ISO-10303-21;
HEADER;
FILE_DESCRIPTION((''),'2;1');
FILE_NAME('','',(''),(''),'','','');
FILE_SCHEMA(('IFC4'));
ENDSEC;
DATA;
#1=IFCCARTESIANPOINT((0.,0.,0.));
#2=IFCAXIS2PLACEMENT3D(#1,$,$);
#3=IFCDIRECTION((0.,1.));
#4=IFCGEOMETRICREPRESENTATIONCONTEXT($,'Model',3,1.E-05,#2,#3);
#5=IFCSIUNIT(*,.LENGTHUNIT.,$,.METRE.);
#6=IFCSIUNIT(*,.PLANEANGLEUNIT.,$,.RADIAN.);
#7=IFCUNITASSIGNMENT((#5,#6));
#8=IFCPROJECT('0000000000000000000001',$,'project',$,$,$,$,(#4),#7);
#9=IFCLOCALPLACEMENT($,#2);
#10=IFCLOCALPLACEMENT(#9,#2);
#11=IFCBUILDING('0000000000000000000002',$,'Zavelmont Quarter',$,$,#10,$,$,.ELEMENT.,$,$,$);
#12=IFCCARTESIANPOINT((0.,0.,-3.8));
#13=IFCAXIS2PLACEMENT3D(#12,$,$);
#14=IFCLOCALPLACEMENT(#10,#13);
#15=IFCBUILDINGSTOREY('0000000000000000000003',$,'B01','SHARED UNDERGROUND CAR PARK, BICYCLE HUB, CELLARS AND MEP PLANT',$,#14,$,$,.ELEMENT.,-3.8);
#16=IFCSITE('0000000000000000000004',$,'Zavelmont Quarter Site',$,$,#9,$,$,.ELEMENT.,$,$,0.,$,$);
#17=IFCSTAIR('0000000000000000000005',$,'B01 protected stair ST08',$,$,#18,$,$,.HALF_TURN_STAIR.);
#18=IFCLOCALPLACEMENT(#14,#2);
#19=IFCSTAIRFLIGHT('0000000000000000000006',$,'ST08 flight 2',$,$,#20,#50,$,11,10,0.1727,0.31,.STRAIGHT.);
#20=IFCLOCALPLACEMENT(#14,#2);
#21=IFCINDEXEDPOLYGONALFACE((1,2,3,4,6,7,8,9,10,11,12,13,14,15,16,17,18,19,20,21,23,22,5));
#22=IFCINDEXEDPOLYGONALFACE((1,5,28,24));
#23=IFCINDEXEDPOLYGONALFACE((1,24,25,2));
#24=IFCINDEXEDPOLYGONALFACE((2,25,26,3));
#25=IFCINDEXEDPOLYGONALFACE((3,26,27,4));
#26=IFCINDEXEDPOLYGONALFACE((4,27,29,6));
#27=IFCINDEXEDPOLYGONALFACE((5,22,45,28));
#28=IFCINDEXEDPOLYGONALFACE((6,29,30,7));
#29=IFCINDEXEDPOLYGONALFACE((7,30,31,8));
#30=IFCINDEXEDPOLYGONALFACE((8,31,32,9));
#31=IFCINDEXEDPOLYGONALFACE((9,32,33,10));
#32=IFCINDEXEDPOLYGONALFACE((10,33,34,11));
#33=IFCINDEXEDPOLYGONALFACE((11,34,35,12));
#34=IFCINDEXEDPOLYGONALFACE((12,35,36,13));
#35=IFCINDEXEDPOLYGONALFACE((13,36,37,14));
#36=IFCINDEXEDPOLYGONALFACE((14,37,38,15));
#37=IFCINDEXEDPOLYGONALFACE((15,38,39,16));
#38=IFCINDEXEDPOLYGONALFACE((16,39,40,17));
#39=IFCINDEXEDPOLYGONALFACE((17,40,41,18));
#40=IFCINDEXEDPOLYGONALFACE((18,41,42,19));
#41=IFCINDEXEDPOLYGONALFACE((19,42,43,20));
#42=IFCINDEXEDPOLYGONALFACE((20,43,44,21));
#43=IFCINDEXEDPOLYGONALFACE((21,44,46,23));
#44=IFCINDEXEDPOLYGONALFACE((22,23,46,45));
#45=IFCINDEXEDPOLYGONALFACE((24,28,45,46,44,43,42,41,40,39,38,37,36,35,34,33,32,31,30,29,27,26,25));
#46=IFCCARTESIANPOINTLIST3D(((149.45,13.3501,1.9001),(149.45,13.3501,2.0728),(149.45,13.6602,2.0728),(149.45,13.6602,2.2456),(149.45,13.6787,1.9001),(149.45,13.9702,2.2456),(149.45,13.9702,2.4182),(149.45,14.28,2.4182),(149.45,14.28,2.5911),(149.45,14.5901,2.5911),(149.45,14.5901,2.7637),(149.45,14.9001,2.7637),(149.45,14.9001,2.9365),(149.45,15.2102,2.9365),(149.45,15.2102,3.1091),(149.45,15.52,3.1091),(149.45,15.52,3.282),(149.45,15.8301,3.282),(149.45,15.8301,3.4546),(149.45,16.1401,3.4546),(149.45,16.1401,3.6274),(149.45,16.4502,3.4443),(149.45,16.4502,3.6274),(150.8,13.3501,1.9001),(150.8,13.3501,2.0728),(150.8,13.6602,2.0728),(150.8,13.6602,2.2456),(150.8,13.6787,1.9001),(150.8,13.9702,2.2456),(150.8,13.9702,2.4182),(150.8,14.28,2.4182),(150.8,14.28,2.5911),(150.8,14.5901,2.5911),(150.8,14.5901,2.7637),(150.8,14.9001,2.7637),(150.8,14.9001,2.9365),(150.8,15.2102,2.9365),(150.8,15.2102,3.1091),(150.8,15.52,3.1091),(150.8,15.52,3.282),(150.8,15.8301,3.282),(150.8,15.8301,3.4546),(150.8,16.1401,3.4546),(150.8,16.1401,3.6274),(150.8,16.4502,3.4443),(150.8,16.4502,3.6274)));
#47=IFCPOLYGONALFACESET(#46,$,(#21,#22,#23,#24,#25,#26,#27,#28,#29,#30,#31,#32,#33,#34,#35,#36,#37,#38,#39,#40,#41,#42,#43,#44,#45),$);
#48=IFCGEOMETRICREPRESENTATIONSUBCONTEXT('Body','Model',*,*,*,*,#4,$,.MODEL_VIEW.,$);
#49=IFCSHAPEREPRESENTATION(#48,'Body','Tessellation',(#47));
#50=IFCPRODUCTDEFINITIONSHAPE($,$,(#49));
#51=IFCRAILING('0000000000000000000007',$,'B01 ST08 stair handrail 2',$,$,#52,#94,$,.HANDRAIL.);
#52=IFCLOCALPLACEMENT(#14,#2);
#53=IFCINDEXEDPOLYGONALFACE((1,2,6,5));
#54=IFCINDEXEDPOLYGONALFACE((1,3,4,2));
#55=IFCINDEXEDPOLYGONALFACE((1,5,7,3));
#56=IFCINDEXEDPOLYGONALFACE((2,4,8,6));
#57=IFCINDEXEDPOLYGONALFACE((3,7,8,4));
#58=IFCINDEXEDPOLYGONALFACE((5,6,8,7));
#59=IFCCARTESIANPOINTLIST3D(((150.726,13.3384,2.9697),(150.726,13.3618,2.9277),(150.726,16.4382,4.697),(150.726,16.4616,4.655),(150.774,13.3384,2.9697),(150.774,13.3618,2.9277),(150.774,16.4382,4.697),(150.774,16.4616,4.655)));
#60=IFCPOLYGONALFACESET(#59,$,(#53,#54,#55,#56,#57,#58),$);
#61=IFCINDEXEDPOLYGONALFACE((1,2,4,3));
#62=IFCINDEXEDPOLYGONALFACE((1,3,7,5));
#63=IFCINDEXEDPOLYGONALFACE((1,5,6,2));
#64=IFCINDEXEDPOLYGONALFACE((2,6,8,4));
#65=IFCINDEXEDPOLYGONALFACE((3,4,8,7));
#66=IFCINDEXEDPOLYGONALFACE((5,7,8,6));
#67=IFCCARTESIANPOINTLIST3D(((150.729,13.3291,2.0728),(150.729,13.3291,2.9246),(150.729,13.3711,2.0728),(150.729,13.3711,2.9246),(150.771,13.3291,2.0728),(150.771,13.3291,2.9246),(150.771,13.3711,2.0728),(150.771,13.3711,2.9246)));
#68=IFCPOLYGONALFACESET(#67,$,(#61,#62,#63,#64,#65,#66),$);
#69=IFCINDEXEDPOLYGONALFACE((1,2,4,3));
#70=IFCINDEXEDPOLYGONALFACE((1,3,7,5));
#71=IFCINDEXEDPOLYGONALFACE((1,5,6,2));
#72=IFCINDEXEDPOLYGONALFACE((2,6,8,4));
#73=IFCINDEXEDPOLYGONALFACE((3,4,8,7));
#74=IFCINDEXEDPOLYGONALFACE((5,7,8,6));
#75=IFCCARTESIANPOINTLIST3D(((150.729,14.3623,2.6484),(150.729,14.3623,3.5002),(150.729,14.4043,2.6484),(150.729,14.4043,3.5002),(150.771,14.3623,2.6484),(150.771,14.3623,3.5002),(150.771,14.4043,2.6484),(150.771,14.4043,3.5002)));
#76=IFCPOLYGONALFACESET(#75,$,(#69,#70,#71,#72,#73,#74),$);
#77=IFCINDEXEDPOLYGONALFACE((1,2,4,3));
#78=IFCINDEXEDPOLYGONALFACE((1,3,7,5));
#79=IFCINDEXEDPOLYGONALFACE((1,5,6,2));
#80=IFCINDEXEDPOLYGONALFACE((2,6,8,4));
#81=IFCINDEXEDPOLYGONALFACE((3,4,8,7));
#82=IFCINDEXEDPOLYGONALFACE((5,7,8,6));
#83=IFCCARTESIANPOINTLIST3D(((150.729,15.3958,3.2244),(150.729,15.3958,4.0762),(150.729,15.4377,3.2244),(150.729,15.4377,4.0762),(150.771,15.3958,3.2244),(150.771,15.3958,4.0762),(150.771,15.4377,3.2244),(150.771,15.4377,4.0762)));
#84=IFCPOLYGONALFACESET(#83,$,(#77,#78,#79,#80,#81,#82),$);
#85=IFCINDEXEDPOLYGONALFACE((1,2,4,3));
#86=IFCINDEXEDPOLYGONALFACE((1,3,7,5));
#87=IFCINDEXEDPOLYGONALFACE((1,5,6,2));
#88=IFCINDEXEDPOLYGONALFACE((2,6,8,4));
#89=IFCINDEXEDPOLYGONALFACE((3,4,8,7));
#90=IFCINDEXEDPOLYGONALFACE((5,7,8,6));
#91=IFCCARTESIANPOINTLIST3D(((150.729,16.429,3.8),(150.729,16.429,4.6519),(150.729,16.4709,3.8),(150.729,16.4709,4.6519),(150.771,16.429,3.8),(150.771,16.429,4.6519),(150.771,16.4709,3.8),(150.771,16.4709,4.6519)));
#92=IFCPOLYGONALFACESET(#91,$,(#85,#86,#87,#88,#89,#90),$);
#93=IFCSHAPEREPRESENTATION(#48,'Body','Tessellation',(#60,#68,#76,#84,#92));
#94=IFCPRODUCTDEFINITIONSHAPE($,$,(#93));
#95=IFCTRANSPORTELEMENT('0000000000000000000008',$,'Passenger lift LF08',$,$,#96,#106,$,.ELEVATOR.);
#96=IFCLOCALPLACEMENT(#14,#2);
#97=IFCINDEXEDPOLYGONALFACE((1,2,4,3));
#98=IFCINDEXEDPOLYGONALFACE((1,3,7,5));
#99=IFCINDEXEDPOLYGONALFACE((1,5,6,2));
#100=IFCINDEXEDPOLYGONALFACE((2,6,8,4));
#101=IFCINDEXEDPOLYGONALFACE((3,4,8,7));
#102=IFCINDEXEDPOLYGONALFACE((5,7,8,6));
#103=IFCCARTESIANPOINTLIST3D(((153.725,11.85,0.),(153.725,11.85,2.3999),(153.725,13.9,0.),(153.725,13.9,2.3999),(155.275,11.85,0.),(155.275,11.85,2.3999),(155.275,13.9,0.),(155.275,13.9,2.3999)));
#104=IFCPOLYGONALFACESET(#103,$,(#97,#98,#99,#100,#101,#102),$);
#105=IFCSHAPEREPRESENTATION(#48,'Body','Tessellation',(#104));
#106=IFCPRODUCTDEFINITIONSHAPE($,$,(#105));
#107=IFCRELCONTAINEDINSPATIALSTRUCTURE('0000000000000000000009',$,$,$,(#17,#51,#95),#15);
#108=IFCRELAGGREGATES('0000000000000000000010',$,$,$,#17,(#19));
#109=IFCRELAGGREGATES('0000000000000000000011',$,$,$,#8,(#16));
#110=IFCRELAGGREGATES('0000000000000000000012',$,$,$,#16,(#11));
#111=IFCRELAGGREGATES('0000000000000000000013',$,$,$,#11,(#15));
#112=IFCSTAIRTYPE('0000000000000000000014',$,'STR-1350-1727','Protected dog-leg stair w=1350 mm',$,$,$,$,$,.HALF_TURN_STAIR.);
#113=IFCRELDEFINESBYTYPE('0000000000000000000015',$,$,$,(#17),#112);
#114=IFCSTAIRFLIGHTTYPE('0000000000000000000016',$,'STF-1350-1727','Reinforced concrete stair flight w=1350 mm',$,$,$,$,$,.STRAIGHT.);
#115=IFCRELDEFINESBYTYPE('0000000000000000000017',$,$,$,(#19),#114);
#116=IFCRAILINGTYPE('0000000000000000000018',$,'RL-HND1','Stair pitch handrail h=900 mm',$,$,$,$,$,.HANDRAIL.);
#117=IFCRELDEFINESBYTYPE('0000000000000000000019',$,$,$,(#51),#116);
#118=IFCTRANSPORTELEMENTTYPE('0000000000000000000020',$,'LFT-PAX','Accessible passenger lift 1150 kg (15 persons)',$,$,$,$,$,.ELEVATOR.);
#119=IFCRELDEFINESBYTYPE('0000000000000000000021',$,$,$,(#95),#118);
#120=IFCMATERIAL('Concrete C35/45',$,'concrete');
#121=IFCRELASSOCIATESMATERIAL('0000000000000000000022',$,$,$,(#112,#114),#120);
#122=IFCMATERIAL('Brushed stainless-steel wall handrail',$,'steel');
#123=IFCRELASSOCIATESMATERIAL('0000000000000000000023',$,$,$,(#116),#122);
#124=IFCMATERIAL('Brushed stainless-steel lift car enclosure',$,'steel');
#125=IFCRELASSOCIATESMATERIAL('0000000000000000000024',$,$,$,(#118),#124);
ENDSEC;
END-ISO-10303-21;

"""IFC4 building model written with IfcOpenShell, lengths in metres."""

from ifc_helpers import new_model, si_unit, direction, frame, origin, origin_2d, place, context, subcontext, project, spatial, polyline, rectangle, outline, extrude, material, type_object, element, aggregate, save


model = new_model("IFC4")

# Units and contexts
model_context = context("Model", 3, precision=1e-05, world=origin(), true_north=direction((0.0, 1.0)))
body_context = subcontext(model_context, "Body", "Model", "MODEL_VIEW")
ifc_project = project(units=[si_unit("LENGTHUNIT", "METRE"), si_unit("PLANEANGLEUNIT", "RADIAN")], contexts=[model_context])

# Site, building, storey
site_placement = place(None, origin())
site = spatial("IfcSite", under=ifc_project, at=site_placement, Name="Zavelmont Quarter Site", CompositionType="ELEMENT", RefElevation=0.0)
building_placement = place(site_placement, origin())
building = spatial("IfcBuilding", under=site, at=building_placement, Name="Zavelmont Quarter", CompositionType="ELEMENT")
storey_placement = place(building_placement, frame((0.0, 0.0, -3.8)))
storey = spatial("IfcBuildingStorey", under=building, at=storey_placement, Name="B01", Description="SHARED UNDERGROUND CAR PARK, BICYCLE HUB, CELLARS AND MEP PLANT", CompositionType="ELEMENT", Elevation=-3.8)

# Shared definitions
ifc_material_1 = material(Name="Concrete C35/45", Category="concrete")

# Stair, stair flight
stair_type = type_object("IfcStairType", Name="STR-1350-1727", Description="Protected dog-leg stair w=1350 mm", PredefinedType="HALF_TURN_STAIR", material=ifc_material_1)
stair_placement = place(storey_placement, origin())
stair = element("IfcStair", 1, at=stair_placement, inside=storey, type_object=stair_type, Name="B01 protected stair ST08", PredefinedType="HALF_TURN_STAIR")
stair_flight_type = type_object("IfcStairFlightType", Name="STF-1350-1727", Description="Reinforced concrete stair flight w=1350 mm", PredefinedType="STRAIGHT", material=ifc_material_1)
stair_flight_placement = place(storey_placement, frame((150.125, 13.3501, 1.9001), z_axis=(0.0, 0.0, 1.0), x_axis=(0.0, 1.0, 0.0)))
stair_flight = element("IfcStairFlight", 2, at=stair_flight_placement, type_object=stair_flight_type, Name="ST08 flight 2", NumberOfRisers=11, NumberOfTreads=10, PredefinedType="STRAIGHT", RiserHeight=0.1727, TreadLength=0.31, context=body_context, shape_type="SweptSolid", body=[
    extrude(outline(polyline([(0.0, 0.0), (0.0, 0.1726), (0.3101, 0.1726), (0.3101, 0.3455), (0.6201, 0.3455), (0.6201, 0.5181), (0.9299, 0.5181), (0.9299, 0.6909), (1.24, 0.6909), (1.24, 0.8635), (1.55, 0.8635), (1.55, 1.0364), (1.8601, 1.0364), (1.8601, 1.209), (2.1699, 1.209), (2.1699, 1.3818), (2.48, 1.3818), (2.48, 1.5544), (2.79, 1.5544), (2.79, 1.7273), (3.1001, 1.7273), (3.1001, 1.8999), (3.1001, 1.5442), (0.3286, 0.0), (0.0, 0.0)])), frame((0.0, 0.675, 0.0), z_axis=(0.0, -1.0, 0.0), x_axis=(1.0, 0.0, 0.0)), (0.0, 0.0, 1.0), 1.3501),
])
aggregate(stair, [stair_flight])

# Railing
ifc_material_2 = material(Name="Brushed stainless-steel wall handrail", Category="steel")
railing_type = type_object("IfcRailingType", Name="RL-HND1", Description="Stair pitch handrail h=900 mm", PredefinedType="HANDRAIL", material=ifc_material_2)
railing_placement = place(storey_placement, frame((150.75, 13.3501, 2.0728)))
element("IfcRailing", 3, at=railing_placement, inside=storey, type_object=railing_type, Name="B01 ST08 stair handrail 2", PredefinedType="HANDRAIL", context=body_context, shape_type="SweptSolid", body=[
    extrude(rectangle(XDim=0.0481, YDim=0.0481, at=origin_2d()), frame((0.0, 0.0, 0.876), z_axis=(0.0, 0.87354, 0.486752), x_axis=(-1.0, 0.0, 0.0)), (0.0, 0.0, 1.0), 3.5486),
    extrude(rectangle(XDim=0.042, YDim=0.042, at=origin_2d()), origin(), (0.0, 0.0, 1.0), 0.8518),
    extrude(rectangle(XDim=0.042, YDim=0.042, at=origin_2d()), frame((0.0, 1.0332, 0.5757)), (0.0, 0.0, 1.0), 0.8518),
    extrude(rectangle(XDim=0.042, YDim=0.042, at=origin_2d()), frame((0.0, 2.0667, 1.1516)), (0.0, 0.0, 1.0), 0.8518),
    extrude(rectangle(XDim=0.042, YDim=0.042, at=origin_2d()), frame((0.0, 3.0999, 1.7273)), (0.0, 0.0, 1.0), 0.8518),
])

# Transport element
ifc_material_3 = material(Name="Brushed stainless-steel lift car enclosure", Category="steel")
transport_element_type = type_object("IfcTransportElementType", Name="LFT-PAX", Description="Accessible passenger lift 1150 kg (15 persons)", PredefinedType="ELEVATOR", material=ifc_material_3)
transport_element_placement = place(storey_placement, frame((154.5, 12.875, 0.0), z_axis=(0.0, 0.0, 1.0), x_axis=(1.0, 0.0, 0.0)))
element("IfcTransportElement", 4, at=transport_element_placement, inside=storey, type_object=transport_element_type, Name="Passenger lift LF08", PredefinedType="ELEVATOR", context=body_context, shape_type="SweptSolid", body=[
    extrude(rectangle(XDim=1.55, YDim=2.05, at=origin_2d()), origin(), (0.0, 0.0, 1.0), 2.3999),
])

save(model, "model.ifc")
